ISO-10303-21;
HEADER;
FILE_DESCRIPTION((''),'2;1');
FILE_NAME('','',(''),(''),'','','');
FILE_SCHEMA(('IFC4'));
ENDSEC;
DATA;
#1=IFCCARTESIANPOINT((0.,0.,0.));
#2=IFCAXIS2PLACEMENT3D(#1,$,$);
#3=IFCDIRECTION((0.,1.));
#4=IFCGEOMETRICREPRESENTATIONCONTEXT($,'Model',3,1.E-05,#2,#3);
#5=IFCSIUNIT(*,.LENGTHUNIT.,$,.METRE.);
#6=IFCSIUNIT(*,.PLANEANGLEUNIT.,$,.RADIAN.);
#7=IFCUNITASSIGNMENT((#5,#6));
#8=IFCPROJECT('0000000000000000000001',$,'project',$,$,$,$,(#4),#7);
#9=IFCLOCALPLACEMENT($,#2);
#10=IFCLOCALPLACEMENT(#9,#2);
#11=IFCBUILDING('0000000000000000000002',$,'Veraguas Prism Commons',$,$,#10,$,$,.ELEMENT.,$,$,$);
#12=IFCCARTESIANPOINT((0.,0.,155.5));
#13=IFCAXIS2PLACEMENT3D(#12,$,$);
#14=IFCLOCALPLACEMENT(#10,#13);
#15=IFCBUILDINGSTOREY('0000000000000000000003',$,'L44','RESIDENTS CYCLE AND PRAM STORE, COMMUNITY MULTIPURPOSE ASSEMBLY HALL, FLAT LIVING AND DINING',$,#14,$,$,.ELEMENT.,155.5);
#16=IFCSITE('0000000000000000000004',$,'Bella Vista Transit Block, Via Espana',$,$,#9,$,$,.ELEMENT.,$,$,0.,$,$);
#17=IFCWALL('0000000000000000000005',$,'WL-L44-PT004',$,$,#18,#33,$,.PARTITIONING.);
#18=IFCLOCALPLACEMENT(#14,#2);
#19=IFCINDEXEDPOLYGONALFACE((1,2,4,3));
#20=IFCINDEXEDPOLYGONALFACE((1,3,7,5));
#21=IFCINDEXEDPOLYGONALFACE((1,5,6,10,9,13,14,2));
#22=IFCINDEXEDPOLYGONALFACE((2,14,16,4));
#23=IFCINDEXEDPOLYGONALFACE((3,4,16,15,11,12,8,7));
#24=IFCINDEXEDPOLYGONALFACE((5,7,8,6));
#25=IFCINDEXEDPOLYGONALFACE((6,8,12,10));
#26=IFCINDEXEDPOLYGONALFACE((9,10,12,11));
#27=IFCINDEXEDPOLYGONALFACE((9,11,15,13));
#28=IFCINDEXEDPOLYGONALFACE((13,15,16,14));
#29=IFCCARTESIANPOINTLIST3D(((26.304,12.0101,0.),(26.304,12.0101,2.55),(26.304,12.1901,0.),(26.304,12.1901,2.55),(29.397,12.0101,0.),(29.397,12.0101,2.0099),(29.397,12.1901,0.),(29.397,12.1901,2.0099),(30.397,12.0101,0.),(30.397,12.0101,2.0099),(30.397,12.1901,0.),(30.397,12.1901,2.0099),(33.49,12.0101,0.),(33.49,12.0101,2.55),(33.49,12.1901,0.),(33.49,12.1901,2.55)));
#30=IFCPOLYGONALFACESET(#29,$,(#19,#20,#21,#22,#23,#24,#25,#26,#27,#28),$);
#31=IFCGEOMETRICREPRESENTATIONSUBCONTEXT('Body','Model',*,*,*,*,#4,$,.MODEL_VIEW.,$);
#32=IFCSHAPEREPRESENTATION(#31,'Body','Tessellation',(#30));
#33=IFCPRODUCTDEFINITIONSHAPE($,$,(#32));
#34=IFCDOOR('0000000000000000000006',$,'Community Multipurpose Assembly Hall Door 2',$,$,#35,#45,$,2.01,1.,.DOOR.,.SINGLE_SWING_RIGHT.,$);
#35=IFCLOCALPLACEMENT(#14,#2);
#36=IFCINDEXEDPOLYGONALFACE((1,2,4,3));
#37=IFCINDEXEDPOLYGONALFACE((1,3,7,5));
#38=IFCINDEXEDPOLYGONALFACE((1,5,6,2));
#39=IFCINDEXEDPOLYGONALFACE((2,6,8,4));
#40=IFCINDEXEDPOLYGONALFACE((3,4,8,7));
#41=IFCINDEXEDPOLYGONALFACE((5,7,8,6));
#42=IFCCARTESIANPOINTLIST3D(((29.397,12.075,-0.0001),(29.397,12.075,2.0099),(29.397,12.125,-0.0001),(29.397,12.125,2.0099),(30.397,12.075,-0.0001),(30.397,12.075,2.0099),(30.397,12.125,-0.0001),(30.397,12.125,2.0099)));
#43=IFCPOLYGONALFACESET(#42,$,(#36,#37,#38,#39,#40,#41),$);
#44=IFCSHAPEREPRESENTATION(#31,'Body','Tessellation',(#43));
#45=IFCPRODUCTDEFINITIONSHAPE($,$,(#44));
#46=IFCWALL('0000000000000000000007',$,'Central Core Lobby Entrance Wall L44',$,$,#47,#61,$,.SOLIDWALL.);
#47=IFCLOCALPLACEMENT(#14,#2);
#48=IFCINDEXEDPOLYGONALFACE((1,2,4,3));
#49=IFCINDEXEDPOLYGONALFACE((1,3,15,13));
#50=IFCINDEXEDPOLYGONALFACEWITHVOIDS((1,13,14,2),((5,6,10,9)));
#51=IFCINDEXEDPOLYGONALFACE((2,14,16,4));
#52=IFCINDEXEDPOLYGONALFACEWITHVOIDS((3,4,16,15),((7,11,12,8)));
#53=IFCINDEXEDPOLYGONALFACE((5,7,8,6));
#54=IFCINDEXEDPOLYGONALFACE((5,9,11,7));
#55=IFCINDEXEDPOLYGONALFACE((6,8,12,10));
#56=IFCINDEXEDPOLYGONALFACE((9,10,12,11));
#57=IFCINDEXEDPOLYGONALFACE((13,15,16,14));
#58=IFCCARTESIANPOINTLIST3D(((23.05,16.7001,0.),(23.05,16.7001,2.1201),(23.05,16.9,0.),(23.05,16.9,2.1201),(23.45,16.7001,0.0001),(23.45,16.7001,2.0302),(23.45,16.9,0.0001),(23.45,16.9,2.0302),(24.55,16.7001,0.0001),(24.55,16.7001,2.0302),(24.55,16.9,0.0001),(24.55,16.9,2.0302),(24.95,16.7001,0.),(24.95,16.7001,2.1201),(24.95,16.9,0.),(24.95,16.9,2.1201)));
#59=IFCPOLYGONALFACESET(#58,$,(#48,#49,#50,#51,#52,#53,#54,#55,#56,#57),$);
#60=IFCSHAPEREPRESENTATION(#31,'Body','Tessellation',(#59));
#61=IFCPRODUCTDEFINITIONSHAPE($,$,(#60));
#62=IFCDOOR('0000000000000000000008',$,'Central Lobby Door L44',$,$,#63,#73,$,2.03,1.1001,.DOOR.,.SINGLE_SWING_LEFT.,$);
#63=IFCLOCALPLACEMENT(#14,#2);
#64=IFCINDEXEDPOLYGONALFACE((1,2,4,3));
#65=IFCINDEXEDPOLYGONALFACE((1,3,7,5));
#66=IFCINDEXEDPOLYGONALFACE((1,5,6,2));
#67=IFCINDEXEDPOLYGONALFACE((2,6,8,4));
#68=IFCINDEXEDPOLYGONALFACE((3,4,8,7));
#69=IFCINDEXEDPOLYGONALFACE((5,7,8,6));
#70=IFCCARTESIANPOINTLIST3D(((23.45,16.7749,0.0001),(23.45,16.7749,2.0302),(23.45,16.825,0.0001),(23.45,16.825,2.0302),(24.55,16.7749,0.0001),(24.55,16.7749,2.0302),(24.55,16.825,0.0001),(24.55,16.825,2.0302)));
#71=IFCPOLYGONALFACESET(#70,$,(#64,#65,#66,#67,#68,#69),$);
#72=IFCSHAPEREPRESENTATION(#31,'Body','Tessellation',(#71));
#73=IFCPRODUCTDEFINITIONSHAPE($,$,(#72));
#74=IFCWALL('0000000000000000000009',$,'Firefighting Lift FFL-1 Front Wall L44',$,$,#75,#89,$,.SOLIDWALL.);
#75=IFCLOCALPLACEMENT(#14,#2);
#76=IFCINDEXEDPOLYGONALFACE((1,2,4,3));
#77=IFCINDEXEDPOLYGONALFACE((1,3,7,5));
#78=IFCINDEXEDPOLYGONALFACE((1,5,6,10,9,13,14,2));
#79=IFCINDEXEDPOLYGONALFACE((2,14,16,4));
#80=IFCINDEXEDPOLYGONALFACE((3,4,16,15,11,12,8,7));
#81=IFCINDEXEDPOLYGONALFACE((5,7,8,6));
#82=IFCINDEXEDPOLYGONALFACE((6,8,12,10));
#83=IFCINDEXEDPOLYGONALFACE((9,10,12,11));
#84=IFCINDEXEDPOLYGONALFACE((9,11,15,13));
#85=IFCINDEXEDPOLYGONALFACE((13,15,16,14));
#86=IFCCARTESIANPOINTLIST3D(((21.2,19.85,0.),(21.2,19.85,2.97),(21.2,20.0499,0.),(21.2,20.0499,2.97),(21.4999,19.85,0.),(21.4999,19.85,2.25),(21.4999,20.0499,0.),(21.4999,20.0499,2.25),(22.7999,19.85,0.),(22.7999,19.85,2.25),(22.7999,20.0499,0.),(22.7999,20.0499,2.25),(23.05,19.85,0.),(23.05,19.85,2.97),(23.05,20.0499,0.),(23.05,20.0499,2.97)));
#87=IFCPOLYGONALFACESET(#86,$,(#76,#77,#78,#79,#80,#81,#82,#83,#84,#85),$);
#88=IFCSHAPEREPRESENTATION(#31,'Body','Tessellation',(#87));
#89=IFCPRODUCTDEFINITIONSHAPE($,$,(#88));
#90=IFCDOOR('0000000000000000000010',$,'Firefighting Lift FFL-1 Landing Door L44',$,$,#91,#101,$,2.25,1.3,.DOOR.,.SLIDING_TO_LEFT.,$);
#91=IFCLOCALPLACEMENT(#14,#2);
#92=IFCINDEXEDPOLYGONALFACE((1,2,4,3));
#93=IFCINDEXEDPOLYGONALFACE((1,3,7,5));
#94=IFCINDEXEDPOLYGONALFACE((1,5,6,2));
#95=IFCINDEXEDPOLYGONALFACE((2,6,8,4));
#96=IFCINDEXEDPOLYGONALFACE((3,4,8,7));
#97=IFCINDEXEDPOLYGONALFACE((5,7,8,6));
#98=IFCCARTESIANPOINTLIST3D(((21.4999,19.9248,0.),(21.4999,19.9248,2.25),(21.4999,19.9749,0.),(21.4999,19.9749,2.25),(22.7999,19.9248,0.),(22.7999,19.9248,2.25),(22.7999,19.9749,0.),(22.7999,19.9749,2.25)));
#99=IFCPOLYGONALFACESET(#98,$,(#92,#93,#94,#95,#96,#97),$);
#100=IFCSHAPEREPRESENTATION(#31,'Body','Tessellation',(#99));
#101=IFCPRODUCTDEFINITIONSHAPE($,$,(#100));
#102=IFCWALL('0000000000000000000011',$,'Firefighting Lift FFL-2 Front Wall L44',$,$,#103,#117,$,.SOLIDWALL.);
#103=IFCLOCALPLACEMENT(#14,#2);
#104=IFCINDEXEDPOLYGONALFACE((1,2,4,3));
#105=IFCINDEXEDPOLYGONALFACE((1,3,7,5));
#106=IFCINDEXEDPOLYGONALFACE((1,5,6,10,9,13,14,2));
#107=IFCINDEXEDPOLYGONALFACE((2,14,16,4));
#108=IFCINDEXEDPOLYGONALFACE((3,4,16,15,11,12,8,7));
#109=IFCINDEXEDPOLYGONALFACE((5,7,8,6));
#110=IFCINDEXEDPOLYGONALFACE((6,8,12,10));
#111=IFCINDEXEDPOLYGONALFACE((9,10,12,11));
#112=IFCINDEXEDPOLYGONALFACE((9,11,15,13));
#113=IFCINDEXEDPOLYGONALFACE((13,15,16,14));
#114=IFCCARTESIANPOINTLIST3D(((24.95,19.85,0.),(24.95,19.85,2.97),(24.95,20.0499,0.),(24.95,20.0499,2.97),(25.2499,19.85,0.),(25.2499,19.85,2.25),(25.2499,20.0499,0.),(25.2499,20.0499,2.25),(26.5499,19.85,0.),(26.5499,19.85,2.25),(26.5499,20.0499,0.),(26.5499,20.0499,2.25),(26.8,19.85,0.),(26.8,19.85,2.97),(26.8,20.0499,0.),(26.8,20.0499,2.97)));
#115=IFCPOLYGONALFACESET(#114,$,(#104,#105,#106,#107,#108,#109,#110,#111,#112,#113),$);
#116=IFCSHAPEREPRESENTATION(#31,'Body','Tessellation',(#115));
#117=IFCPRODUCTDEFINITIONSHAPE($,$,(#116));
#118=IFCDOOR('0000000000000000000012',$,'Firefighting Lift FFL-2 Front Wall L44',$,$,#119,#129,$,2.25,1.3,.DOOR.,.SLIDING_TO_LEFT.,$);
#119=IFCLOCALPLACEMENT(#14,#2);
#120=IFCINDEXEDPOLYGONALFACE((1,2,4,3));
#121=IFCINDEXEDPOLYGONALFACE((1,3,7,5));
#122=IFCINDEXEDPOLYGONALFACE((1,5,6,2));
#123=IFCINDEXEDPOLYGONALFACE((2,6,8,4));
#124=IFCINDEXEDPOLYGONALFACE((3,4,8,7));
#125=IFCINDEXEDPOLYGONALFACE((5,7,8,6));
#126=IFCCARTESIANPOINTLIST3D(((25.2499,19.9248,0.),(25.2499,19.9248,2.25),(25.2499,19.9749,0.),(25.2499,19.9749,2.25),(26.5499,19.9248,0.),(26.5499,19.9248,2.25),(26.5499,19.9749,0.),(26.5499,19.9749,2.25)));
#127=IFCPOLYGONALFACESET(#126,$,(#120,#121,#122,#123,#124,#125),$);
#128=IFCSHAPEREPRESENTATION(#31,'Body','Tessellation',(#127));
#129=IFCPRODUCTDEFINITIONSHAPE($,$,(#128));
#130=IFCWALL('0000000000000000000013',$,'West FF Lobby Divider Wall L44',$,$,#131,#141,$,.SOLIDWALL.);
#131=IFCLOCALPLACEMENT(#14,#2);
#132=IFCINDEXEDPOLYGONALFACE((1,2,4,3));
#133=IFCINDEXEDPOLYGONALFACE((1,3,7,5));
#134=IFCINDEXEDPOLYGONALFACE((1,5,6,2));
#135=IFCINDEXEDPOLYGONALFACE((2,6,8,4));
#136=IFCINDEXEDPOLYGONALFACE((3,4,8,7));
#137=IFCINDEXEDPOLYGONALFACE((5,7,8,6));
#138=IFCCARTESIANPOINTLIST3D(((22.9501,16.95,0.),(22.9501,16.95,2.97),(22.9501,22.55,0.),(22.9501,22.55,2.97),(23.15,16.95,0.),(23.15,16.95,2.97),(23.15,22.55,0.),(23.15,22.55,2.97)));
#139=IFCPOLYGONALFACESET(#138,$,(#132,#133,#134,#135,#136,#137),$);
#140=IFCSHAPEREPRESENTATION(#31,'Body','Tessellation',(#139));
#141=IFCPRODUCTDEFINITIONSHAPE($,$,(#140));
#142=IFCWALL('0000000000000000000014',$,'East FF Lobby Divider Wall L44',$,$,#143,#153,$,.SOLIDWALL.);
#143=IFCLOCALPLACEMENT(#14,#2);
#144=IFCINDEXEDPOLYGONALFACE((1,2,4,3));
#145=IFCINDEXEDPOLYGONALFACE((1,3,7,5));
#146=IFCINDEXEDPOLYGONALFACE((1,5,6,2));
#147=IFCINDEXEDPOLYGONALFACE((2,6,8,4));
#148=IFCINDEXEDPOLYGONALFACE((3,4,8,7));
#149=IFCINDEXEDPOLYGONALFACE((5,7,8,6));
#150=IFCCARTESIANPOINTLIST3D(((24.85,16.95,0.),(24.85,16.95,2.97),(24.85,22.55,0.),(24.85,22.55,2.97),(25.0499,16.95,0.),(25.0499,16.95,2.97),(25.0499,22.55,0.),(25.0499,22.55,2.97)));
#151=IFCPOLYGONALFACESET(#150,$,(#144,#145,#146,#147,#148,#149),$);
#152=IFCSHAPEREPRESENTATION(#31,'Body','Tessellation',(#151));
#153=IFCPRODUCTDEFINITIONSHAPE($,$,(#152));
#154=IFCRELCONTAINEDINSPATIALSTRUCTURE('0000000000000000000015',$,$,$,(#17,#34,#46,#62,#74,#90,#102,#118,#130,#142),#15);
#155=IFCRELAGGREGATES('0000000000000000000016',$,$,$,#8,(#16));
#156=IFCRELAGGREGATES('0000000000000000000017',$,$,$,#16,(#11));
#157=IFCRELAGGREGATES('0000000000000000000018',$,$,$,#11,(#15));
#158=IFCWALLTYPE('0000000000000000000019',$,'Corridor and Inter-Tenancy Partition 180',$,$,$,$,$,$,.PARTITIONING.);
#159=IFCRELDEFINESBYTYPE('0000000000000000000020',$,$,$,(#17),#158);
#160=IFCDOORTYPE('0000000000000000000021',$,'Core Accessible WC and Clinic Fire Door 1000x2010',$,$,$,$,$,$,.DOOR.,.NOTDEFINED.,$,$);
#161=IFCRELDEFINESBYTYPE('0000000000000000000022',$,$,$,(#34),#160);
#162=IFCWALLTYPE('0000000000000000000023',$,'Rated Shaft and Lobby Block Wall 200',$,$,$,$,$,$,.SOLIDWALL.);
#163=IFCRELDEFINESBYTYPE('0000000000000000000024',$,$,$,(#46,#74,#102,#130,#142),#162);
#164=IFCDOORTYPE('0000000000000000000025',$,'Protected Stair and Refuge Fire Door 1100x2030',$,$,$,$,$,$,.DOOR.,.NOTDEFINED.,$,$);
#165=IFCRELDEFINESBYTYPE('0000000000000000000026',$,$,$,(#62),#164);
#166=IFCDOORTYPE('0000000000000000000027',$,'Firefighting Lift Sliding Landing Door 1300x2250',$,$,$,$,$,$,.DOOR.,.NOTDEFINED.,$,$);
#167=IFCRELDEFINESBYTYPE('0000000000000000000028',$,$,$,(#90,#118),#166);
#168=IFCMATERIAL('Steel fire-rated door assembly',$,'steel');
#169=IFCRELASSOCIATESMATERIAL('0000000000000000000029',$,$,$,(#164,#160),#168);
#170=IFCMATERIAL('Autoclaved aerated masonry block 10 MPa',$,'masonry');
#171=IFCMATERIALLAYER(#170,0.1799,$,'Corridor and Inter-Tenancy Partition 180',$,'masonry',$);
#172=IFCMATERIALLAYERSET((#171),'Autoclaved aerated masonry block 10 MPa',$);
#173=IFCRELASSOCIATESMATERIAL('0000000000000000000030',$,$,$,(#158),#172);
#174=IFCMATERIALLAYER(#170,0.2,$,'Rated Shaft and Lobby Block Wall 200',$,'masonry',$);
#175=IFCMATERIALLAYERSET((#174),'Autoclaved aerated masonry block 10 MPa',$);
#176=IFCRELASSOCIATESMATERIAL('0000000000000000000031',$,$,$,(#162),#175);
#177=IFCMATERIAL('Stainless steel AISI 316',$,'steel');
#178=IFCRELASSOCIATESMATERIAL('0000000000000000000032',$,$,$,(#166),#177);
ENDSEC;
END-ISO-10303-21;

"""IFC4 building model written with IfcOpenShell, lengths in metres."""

from ifc_helpers import new_model, si_unit, direction, frame, frame_2d, origin, place, context, subcontext, project, spatial, rectangle, extrude, source, transform, mapped, material, layer, layer_set, type_object, element, fill, save


model = new_model("IFC4")

# Units and contexts
model_context = context("Model", 3, precision=1e-05, world=origin(), true_north=direction((0.0, 1.0)))
body_context = subcontext(model_context, "Body", "Model", "MODEL_VIEW")
ifc_project = project(units=[si_unit("LENGTHUNIT", "METRE"), si_unit("PLANEANGLEUNIT", "RADIAN")], contexts=[model_context])

# Site, building, storey
site_placement = place(None, origin())
site = spatial("IfcSite", under=ifc_project, at=site_placement, Name="Bella Vista Transit Block, Via Espana", CompositionType="ELEMENT", RefElevation=0.0)
building_placement = place(site_placement, origin())
building = spatial("IfcBuilding", under=site, at=building_placement, Name="Veraguas Prism Commons", CompositionType="ELEMENT")
storey_placement = place(building_placement, frame((0.0, 0.0, 155.5)))
storey = spatial("IfcBuildingStorey", under=building, at=storey_placement, Name="L44", Description="RESIDENTS CYCLE AND PRAM STORE, COMMUNITY MULTIPURPOSE ASSEMBLY HALL, FLAT LIVING AND DINING", CompositionType="ELEMENT", Elevation=155.5)

# Shared definitions
ifc_material_1 = material(Name="Steel fire-rated door assembly", Category="steel")
door_type_1 = type_object("IfcDoorType", Name="Protected Stair and Refuge Fire Door 1100x2030", OperationType="NOTDEFINED", PredefinedType="DOOR", material=ifc_material_1)
shared_shape_1 = source(origin(), body_context, "Body", "SweptSolid", [
    extrude(rectangle(XDim=1.1001, YDim=2.03, at=frame_2d((0.55, 1.0151))), frame((0.0, 0.0249, 0.0), z_axis=(0.0, -1.0, 0.0), x_axis=(1.0, 0.0, 0.0)), (0.0, 0.0, 1.0), 0.05),
])

# Walls, openings, doors
ifc_material_2 = material(Name="Autoclaved aerated masonry block 10 MPa", Category="masonry")
ifc_layer_1 = layer(ifc_material_2, 0.1799, Name="Corridor and Inter-Tenancy Partition 180", Category="masonry")
ifc_layer_set_1 = layer_set([ifc_layer_1], Name="Autoclaved aerated masonry block 10 MPa")
wall_type_1 = type_object("IfcWallType", Name="Corridor and Inter-Tenancy Partition 180", PredefinedType="PARTITIONING", material=ifc_layer_set_1)
wall_1_placement = place(storey_placement, frame((26.304, 12.1001, 0.0), z_axis=(0.0, 0.0, 1.0), x_axis=(1.0, 0.0, 0.0)))
wall_1 = element("IfcWall", 1, at=wall_1_placement, inside=storey, type_object=wall_type_1, Name="WL-L44-PT004", PredefinedType="PARTITIONING", context=body_context, shape_type="SweptSolid", body=[
    extrude(rectangle(XDim=7.186, YDim=0.1799, at=frame_2d((3.593, 0.0))), origin(), (0.0, 0.0, 1.0), 2.55),
])
opening_1_placement = place(wall_1_placement, frame((3.093, 0.0, 0.0)))
opening_1 = element("IfcOpeningElement", 2, at=opening_1_placement, cuts=wall_1, PredefinedType="OPENING", context=body_context, shape_type="SweptSolid", body=[
    extrude(rectangle(XDim=1.0, YDim=2.01, at=frame_2d((0.5, 1.0049))), frame((0.0, 0.0999, 0.0), z_axis=(0.0, -1.0, 0.0), x_axis=(1.0, 0.0, 0.0)), (0.0, 0.0, 1.0), 0.2),
])
door_type_2 = type_object("IfcDoorType", Name="Core Accessible WC and Clinic Fire Door 1000x2010", OperationType="NOTDEFINED", PredefinedType="DOOR", material=ifc_material_1)
shared_shape_2 = source(origin(), body_context, "Body", "SweptSolid", [
    extrude(rectangle(XDim=1.0, YDim=2.01, at=frame_2d((0.5, 1.0049))), frame((0.0, 0.0249, 0.0), z_axis=(0.0, -1.0, 0.0), x_axis=(1.0, 0.0, 0.0)), (0.0, 0.0, 1.0), 0.05),
])
door_1_placement = place(opening_1_placement, origin())
door_1 = element("IfcDoor", 3, at=door_1_placement, inside=storey, type_object=door_type_2, Name="Community Multipurpose Assembly Hall Door 2", OperationType="SINGLE_SWING_RIGHT", OverallHeight=2.01, OverallWidth=1.0, PredefinedType="DOOR", context=body_context, shape_type="MappedRepresentation", body=[
    mapped(shared_shape_2, transform((0.0, 0.0, 0.0), scale=1.0)),
])
fill(opening_1, door_1)
ifc_layer_2 = layer(ifc_material_2, 0.2, Name="Rated Shaft and Lobby Block Wall 200", Category="masonry")
ifc_layer_set_2 = layer_set([ifc_layer_2], Name="Autoclaved aerated masonry block 10 MPa")
wall_type_2 = type_object("IfcWallType", Name="Rated Shaft and Lobby Block Wall 200", PredefinedType="SOLIDWALL", material=ifc_layer_set_2)
wall_2_placement = place(storey_placement, frame((23.05, 16.8, 0.0), z_axis=(0.0, 0.0, 1.0), x_axis=(1.0, 0.0, 0.0)))
wall_2 = element("IfcWall", 4, at=wall_2_placement, inside=storey, type_object=wall_type_2, Name="Central Core Lobby Entrance Wall L44", PredefinedType="SOLIDWALL", context=body_context, shape_type="SweptSolid", body=[
    extrude(rectangle(XDim=1.8999, YDim=0.2, at=frame_2d((0.95, 0.0))), origin(), (0.0, 0.0, 1.0), 2.1201),
])
opening_2_placement = place(wall_2_placement, frame((0.3999, 0.0, 0.0)))
opening_2 = element("IfcOpeningElement", 5, at=opening_2_placement, cuts=wall_2, PredefinedType="OPENING", context=body_context, shape_type="SweptSolid", body=[
    extrude(rectangle(XDim=1.1001, YDim=2.03, at=frame_2d((0.55, 1.0151))), frame((0.0, 0.1099, 0.0), z_axis=(0.0, -1.0, 0.0), x_axis=(1.0, 0.0, 0.0)), (0.0, 0.0, 1.0), 0.22),
])
door_2_placement = place(opening_2_placement, origin())
door_2 = element("IfcDoor", 6, at=door_2_placement, inside=storey, type_object=door_type_1, Name="Central Lobby Door L44", OperationType="SINGLE_SWING_LEFT", OverallHeight=2.03, OverallWidth=1.1001, PredefinedType="DOOR", context=body_context, shape_type="MappedRepresentation", body=[
    mapped(shared_shape_1, transform((0.0, 0.0, 0.0), scale=1.0)),
])
fill(opening_2, door_2)
wall_3_placement = place(storey_placement, frame((21.2, 19.95, 0.0), z_axis=(0.0, 0.0, 1.0), x_axis=(1.0, 0.0, 0.0)))
wall_3 = element("IfcWall", 7, at=wall_3_placement, inside=storey, type_object=wall_type_2, Name="Firefighting Lift FFL-1 Front Wall L44", PredefinedType="SOLIDWALL", context=body_context, shape_type="SweptSolid", body=[
    extrude(rectangle(XDim=1.8501, YDim=0.2, at=frame_2d((0.925, 0.0))), origin(), (0.0, 0.0, 1.0), 2.97),
])
opening_3_placement = place(wall_3_placement, frame((0.3, 0.0, 0.0)))
opening_3 = element("IfcOpeningElement", 8, at=opening_3_placement, cuts=wall_3, PredefinedType="OPENING", context=body_context, shape_type="SweptSolid", body=[
    extrude(rectangle(XDim=1.3, YDim=2.25, at=frame_2d((0.6499, 1.125))), frame((0.0, 0.1099, 0.0), z_axis=(0.0, -1.0, 0.0), x_axis=(1.0, 0.0, 0.0)), (0.0, 0.0, 1.0), 0.22),
])
ifc_material_3 = material(Name="Stainless steel AISI 316", Category="steel")
door_type_3 = type_object("IfcDoorType", Name="Firefighting Lift Sliding Landing Door 1300x2250", OperationType="NOTDEFINED", PredefinedType="DOOR", material=ifc_material_3)
shared_shape_3 = source(origin(), body_context, "Body", "SweptSolid", [
    extrude(rectangle(XDim=1.3, YDim=2.25, at=frame_2d((0.6499, 1.125))), frame((0.0, 0.0249, 0.0), z_axis=(0.0, -1.0, 0.0), x_axis=(1.0, 0.0, 0.0)), (0.0, 0.0, 1.0), 0.05),
])
door_3_placement = place(opening_3_placement, origin())
door_3 = element("IfcDoor", 9, at=door_3_placement, inside=storey, type_object=door_type_3, Name="Firefighting Lift FFL-1 Landing Door L44", OperationType="SLIDING_TO_LEFT", OverallHeight=2.25, OverallWidth=1.3, PredefinedType="DOOR", context=body_context, shape_type="MappedRepresentation", body=[
    mapped(shared_shape_3, transform((0.0, 0.0, 0.0), scale=1.0)),
])
fill(opening_3, door_3)
wall_4_placement = place(storey_placement, frame((24.95, 19.95, 0.0), z_axis=(0.0, 0.0, 1.0), x_axis=(1.0, 0.0, 0.0)))
wall_4 = element("IfcWall", 10, at=wall_4_placement, inside=storey, type_object=wall_type_2, Name="Firefighting Lift FFL-2 Front Wall L44", PredefinedType="SOLIDWALL", context=body_context, shape_type="SweptSolid", body=[
    extrude(rectangle(XDim=1.8501, YDim=0.2, at=frame_2d((0.925, 0.0))), origin(), (0.0, 0.0, 1.0), 2.97),
])
opening_4_placement = place(wall_4_placement, frame((0.3, 0.0, 0.0)))
opening_4 = element("IfcOpeningElement", 11, at=opening_4_placement, cuts=wall_4, PredefinedType="OPENING", context=body_context, shape_type="SweptSolid", body=[
    extrude(rectangle(XDim=1.3, YDim=2.25, at=frame_2d((0.6499, 1.125))), frame((0.0, 0.1099, 0.0), z_axis=(0.0, -1.0, 0.0), x_axis=(1.0, 0.0, 0.0)), (0.0, 0.0, 1.0), 0.22),
])
door_4_placement = place(opening_4_placement, origin())
door_4 = element("IfcDoor", 12, at=door_4_placement, inside=storey, type_object=door_type_3, Name="Firefighting Lift FFL-2 Front Wall L44", OperationType="SLIDING_TO_LEFT", OverallHeight=2.25, OverallWidth=1.3, PredefinedType="DOOR", context=body_context, shape_type="MappedRepresentation", body=[
    mapped(shared_shape_3, transform((0.0, 0.0, 0.0), scale=1.0)),
])
fill(opening_4, door_4)

# Walls
for number, where, z_axis, x_axis, name in (
    (13, (23.05, 16.95, 0.0), (0.0, 0.0, 1.0), (0.0, 1.0, 0.0), "West FF Lobby Divider Wall L44"),
    (14, (24.95, 16.95, 0.0), (0.0, 0.0, 1.0), (0.0, 1.0, 0.0), "East FF Lobby Divider Wall L44"),
):
    element("IfcWall", number, at=place(storey_placement, frame(where, z_axis=z_axis, x_axis=x_axis)), inside=storey, type_object=wall_type_2, Name=name, PredefinedType="SOLIDWALL", context=body_context, shape_type="SweptSolid", body=[
        extrude(rectangle(XDim=5.6001, YDim=0.2, at=frame_2d((2.8, 0.0))), origin(), (0.0, 0.0, 1.0), 2.97),
    ])

save(model, "model.ifc")
